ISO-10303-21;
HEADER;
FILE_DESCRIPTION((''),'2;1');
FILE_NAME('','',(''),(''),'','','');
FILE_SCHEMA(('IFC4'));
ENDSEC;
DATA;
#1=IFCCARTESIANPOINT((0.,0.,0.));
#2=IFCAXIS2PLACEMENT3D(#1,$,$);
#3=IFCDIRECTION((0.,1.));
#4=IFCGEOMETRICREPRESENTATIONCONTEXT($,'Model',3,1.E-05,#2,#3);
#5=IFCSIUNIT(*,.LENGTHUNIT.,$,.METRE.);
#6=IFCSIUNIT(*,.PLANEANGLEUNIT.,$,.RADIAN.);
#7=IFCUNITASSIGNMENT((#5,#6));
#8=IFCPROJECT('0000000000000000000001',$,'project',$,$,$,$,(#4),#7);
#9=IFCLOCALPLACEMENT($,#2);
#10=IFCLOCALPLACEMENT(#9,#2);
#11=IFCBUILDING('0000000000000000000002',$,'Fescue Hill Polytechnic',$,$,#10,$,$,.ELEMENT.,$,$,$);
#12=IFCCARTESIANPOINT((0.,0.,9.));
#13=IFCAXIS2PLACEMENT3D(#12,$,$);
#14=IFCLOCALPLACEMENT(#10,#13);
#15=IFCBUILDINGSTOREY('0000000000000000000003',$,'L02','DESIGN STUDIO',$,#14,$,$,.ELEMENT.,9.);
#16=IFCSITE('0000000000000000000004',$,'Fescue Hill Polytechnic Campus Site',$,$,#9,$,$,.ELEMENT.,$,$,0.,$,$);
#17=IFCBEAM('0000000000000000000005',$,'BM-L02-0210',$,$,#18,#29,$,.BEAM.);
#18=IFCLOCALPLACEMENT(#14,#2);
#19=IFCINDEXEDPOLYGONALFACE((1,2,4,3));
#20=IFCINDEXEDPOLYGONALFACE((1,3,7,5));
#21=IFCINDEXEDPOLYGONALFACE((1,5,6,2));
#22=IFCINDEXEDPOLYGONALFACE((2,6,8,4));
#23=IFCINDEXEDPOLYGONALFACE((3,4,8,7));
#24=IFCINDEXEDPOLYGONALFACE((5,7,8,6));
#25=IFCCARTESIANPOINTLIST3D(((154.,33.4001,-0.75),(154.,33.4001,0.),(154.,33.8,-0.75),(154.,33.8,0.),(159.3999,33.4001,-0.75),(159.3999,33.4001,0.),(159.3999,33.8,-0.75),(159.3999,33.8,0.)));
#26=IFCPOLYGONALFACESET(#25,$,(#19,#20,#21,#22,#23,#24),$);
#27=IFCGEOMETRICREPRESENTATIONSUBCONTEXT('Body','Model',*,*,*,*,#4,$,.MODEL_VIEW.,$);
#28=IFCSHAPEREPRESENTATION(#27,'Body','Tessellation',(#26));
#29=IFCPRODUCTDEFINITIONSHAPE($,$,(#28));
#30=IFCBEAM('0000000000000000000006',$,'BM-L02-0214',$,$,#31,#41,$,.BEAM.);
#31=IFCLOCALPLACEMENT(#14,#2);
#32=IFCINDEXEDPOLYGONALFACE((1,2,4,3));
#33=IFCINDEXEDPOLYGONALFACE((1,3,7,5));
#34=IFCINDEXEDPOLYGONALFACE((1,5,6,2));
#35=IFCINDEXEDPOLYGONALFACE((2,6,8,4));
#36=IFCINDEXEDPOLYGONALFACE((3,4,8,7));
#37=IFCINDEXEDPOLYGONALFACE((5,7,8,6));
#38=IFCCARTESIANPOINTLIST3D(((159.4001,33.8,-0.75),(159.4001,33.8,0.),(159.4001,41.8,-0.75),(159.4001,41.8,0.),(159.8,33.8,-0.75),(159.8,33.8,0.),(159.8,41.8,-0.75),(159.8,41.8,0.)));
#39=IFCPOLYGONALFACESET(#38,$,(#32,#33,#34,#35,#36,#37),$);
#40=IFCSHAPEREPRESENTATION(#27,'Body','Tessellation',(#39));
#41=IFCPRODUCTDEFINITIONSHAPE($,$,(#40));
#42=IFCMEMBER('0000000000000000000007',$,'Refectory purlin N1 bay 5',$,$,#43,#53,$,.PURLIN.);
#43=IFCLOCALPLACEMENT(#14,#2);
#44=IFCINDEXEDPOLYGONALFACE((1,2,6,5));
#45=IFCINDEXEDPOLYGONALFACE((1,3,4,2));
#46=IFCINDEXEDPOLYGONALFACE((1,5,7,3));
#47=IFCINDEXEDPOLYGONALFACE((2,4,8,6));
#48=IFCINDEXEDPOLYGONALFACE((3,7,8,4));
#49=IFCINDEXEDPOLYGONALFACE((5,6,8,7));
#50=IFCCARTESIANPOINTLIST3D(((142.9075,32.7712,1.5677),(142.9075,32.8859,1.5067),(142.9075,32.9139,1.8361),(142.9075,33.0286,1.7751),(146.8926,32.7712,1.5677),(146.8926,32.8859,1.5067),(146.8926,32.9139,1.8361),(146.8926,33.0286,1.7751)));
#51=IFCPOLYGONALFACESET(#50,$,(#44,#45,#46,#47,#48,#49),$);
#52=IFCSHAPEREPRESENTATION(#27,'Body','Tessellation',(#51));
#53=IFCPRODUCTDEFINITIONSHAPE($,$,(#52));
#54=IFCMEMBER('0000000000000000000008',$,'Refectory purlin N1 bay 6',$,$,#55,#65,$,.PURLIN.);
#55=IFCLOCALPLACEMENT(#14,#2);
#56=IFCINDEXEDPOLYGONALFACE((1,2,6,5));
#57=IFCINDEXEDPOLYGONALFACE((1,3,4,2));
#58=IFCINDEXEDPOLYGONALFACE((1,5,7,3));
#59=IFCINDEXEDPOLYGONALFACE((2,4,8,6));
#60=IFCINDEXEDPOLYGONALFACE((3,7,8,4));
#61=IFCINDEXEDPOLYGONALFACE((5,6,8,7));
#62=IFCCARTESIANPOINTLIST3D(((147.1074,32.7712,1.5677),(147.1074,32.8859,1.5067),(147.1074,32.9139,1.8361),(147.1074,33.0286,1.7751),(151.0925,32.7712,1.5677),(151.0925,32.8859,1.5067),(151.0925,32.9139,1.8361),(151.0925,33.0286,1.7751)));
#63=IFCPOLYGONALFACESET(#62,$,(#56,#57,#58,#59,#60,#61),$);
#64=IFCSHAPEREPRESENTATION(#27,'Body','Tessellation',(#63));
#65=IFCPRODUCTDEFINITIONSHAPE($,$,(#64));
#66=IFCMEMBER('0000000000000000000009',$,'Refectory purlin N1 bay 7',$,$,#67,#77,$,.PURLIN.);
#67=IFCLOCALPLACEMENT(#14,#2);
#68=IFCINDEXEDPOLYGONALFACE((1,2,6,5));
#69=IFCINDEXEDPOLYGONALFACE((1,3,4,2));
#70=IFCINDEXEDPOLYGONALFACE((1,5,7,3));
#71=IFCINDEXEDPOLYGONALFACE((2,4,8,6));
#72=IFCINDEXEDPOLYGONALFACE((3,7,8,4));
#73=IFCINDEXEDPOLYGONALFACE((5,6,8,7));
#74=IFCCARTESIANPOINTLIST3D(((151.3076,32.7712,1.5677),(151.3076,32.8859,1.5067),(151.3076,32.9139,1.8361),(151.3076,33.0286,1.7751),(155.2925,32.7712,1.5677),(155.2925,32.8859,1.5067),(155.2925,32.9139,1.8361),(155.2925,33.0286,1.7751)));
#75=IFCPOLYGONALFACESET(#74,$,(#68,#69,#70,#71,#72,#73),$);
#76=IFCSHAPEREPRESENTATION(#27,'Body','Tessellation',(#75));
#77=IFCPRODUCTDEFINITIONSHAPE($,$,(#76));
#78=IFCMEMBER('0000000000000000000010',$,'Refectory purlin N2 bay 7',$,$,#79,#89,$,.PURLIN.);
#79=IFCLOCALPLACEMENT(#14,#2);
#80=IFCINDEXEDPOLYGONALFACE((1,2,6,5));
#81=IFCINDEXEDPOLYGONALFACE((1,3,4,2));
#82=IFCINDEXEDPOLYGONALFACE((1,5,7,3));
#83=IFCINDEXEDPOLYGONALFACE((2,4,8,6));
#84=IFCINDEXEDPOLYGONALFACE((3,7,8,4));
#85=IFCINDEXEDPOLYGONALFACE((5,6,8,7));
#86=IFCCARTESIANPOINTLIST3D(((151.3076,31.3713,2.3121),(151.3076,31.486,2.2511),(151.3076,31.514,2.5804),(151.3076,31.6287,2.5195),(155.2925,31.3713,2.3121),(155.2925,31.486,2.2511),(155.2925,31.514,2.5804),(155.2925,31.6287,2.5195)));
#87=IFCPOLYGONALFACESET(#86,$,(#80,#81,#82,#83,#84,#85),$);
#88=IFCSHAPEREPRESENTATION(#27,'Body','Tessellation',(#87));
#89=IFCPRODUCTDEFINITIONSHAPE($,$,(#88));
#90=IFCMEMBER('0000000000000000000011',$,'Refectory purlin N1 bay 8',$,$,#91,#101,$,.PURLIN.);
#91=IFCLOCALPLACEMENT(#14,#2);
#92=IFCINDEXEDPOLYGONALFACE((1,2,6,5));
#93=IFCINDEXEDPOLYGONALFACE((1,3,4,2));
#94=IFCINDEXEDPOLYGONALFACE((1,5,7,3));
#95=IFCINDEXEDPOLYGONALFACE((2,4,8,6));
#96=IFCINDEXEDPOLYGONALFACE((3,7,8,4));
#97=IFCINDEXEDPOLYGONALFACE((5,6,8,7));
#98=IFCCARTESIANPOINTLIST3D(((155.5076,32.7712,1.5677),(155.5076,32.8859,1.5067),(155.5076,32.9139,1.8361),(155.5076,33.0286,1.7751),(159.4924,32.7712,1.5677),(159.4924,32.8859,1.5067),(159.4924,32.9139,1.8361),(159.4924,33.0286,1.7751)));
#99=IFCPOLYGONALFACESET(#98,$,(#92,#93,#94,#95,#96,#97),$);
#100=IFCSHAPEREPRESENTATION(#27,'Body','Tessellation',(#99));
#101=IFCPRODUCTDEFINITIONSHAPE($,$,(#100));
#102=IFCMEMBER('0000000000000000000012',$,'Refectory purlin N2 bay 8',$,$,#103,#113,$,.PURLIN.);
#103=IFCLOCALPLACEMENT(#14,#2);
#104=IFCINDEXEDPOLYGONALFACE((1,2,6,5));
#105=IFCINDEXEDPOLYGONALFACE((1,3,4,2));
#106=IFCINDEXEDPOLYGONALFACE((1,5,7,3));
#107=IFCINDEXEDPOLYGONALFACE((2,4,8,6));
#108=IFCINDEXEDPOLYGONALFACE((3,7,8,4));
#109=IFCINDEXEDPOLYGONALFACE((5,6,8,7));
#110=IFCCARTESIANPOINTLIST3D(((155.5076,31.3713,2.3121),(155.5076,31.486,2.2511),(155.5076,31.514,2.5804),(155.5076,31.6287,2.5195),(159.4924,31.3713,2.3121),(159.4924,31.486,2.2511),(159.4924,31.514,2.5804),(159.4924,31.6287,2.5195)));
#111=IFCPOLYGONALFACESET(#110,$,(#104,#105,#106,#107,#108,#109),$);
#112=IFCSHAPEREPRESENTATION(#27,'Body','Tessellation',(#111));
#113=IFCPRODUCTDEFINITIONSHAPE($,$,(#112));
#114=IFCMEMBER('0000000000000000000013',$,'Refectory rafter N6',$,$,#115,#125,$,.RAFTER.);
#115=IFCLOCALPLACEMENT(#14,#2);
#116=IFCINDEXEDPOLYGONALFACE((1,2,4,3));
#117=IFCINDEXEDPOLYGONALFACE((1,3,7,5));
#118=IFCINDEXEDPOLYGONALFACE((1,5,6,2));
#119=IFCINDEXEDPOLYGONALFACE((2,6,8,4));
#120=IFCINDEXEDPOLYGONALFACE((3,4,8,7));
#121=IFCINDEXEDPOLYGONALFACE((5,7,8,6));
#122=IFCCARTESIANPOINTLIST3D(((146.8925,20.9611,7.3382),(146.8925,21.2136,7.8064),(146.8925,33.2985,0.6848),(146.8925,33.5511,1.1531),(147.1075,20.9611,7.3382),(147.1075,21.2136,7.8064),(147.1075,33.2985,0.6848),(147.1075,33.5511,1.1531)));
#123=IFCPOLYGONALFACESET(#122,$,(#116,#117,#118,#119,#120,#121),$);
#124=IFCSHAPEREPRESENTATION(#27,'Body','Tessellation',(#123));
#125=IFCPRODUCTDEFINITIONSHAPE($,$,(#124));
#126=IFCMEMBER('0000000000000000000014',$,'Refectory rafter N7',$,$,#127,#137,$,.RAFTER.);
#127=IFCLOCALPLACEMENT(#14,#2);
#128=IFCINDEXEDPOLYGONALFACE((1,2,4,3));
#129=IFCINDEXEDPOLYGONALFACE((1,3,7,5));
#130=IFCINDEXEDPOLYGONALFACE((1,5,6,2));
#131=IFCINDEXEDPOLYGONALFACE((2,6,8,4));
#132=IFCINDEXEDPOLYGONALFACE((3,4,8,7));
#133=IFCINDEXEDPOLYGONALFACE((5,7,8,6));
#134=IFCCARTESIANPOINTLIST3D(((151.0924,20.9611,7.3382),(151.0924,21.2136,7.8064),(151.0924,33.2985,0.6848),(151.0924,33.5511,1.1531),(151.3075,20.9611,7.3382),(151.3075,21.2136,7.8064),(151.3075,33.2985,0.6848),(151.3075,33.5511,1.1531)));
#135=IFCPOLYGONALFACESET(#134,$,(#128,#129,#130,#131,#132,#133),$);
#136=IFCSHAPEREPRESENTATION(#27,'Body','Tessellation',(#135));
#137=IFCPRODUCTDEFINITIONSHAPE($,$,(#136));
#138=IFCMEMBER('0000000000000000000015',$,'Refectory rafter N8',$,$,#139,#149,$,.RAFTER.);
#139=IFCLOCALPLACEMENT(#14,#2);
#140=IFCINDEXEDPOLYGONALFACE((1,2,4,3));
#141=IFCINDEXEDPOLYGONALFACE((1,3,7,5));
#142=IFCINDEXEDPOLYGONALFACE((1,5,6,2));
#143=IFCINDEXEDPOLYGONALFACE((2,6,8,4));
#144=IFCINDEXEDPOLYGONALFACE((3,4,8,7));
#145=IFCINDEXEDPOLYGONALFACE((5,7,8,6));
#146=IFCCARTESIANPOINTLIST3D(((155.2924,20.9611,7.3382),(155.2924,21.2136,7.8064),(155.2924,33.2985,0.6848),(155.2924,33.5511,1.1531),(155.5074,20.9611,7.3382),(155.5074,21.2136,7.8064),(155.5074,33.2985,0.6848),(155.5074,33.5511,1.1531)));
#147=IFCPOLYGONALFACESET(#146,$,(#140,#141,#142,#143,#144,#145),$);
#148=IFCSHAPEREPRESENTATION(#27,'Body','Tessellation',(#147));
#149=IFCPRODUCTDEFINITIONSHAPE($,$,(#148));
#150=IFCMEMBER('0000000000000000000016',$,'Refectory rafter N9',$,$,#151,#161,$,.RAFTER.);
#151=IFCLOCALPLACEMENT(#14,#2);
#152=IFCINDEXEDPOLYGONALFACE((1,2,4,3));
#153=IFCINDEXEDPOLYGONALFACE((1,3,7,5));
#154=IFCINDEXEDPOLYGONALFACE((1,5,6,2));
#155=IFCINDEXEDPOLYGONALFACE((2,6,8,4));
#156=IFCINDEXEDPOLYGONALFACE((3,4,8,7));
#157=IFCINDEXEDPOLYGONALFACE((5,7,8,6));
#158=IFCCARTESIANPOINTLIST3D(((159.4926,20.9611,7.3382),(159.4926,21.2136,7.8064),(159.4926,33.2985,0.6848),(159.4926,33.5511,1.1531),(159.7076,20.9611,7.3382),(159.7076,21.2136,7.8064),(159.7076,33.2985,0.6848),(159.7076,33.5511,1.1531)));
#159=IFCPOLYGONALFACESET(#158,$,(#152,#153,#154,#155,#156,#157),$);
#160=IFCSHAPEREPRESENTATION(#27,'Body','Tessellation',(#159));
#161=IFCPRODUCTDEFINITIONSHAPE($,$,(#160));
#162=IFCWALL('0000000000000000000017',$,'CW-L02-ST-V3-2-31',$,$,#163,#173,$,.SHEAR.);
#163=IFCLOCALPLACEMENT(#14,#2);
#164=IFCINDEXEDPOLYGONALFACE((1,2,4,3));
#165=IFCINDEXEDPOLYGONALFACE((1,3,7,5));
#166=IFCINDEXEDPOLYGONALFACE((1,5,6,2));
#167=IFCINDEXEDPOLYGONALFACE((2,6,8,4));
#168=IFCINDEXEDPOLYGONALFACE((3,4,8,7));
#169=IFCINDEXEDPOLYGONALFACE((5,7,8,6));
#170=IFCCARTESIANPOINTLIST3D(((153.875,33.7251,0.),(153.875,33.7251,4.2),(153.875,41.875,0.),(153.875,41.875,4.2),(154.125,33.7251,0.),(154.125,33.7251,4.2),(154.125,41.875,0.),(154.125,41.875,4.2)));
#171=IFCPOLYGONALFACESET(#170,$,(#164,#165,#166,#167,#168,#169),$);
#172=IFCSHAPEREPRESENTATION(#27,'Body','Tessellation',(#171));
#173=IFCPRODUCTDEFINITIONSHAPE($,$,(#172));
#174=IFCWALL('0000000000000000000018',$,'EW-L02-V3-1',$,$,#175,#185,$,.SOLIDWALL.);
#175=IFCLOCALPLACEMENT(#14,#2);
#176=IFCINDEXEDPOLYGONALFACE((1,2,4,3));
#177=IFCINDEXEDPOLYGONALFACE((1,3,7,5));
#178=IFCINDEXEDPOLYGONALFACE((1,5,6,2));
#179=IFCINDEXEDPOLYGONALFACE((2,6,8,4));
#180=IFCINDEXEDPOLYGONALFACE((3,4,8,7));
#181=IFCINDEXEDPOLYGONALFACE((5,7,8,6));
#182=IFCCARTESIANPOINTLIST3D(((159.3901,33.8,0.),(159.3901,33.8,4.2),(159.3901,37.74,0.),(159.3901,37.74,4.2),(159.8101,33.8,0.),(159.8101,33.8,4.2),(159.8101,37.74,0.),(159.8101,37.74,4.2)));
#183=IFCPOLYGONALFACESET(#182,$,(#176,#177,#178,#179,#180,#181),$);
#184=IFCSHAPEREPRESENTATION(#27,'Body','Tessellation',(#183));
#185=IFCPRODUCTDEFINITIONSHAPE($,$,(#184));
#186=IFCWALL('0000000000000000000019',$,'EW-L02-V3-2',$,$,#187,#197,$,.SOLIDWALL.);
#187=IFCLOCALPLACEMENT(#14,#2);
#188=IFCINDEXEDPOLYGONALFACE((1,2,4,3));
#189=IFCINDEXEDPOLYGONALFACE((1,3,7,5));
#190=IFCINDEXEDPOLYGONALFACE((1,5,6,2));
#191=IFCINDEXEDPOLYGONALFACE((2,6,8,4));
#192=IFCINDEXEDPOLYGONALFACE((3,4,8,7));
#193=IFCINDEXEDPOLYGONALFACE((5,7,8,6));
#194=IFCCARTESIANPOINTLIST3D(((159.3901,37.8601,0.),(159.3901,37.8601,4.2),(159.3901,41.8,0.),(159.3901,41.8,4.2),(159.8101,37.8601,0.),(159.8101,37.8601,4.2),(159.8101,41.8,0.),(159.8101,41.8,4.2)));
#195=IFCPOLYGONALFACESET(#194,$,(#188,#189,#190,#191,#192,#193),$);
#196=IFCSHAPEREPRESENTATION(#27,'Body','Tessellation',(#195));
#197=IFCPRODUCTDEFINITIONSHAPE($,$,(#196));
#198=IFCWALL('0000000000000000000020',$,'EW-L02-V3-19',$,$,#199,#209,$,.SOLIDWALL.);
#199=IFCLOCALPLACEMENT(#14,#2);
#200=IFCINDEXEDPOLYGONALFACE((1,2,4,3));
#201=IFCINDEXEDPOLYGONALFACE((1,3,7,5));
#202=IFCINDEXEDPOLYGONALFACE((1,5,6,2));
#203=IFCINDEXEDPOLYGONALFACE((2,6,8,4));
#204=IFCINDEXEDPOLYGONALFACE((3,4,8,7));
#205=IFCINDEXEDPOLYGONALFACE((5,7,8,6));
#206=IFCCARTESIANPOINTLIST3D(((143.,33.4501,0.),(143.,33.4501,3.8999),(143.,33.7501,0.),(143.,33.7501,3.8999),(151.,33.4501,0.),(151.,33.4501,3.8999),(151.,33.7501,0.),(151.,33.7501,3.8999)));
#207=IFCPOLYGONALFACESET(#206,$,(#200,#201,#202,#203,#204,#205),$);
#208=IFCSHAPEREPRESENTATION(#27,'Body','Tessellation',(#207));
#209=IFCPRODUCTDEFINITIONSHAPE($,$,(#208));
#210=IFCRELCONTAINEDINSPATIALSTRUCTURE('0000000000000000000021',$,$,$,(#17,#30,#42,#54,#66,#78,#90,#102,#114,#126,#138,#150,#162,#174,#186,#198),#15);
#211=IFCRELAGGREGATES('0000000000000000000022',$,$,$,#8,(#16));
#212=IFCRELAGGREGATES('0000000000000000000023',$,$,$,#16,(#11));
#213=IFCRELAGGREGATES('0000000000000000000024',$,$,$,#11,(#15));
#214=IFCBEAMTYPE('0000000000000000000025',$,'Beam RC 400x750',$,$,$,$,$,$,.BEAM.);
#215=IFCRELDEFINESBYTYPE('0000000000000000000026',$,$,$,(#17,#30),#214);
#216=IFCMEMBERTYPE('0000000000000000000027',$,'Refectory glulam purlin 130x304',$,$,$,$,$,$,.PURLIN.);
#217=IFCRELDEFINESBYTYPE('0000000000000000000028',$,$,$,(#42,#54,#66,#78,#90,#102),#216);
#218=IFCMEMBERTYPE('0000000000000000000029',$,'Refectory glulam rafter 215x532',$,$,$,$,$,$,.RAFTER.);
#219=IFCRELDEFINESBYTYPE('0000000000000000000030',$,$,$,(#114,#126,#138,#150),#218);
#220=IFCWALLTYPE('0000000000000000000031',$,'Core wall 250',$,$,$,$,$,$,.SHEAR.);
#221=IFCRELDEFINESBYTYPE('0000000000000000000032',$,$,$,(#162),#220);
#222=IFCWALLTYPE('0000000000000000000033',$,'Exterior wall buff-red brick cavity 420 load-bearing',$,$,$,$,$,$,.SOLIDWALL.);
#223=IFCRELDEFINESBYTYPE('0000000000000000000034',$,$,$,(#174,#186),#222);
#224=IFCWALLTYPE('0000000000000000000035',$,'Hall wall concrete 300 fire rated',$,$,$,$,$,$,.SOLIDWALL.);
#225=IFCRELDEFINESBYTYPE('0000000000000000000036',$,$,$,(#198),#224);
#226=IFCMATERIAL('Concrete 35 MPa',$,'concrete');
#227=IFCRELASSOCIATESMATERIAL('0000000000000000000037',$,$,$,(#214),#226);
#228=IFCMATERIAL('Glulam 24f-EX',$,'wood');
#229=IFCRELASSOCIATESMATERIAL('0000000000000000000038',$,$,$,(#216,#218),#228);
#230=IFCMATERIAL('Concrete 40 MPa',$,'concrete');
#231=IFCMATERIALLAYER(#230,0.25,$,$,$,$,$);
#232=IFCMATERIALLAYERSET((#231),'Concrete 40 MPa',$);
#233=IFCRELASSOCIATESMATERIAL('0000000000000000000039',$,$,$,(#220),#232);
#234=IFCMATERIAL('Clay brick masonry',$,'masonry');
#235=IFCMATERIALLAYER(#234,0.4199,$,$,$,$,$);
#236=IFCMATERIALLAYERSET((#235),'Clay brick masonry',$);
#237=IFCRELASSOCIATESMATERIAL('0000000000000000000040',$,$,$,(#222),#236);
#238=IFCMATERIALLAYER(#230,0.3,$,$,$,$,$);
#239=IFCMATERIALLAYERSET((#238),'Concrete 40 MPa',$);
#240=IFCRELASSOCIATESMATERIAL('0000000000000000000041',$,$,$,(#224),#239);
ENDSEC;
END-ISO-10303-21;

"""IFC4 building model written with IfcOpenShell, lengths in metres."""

from ifc_helpers import new_model, si_unit, direction, frame, frame_2d, origin, origin_2d, place, context, subcontext, project, spatial, rectangle, extrude, material, layer, layer_set, material_profile, profile_set, type_object, element, save


model = new_model("IFC4")

# Units and contexts
model_context = context("Model", 3, precision=1e-05, world=origin(), true_north=direction((0.0, 1.0)))
body_context = subcontext(model_context, "Body", "Model", "MODEL_VIEW")
ifc_project = project(units=[si_unit("LENGTHUNIT", "METRE"), si_unit("PLANEANGLEUNIT", "RADIAN")], contexts=[model_context])

# Site, building, storey
site_placement = place(None, origin())
site = spatial("IfcSite", under=ifc_project, at=site_placement, Name="Fescue Hill Polytechnic Campus Site", CompositionType="ELEMENT", RefElevation=0.0)
building_placement = place(site_placement, origin())
building = spatial("IfcBuilding", under=site, at=building_placement, Name="Fescue Hill Polytechnic", CompositionType="ELEMENT")
storey_placement = place(building_placement, frame((0.0, 0.0, 9.0)))
storey = spatial("IfcBuildingStorey", under=building, at=storey_placement, Name="L02", Description="DESIGN STUDIO", CompositionType="ELEMENT", Elevation=9.0)

# Shared definitions
ifc_material_1 = material(Name="Concrete 40 MPa", Category="concrete")

# Beams
ifc_material_2 = material(Name="Concrete 35 MPa", Category="concrete")
ifc_material_profile_1 = material_profile(ifc_material_2, rectangle(XDim=0.3999, YDim=0.75, at=origin_2d()), Name="RC 400x750")
ifc_profile_set_1 = profile_set([ifc_material_profile_1], Name="Concrete 35 MPa")
beam_type_1 = type_object("IfcBeamType", Name="Beam RC 400x750", PredefinedType="BEAM", material=ifc_profile_set_1)
beam_1_placement = place(storey_placement, frame((154.0, 33.6001, -0.375), z_axis=(1.0, 0.0, 0.0), x_axis=(0.0, 1.0, 0.0)))
element("IfcBeam", 1, at=beam_1_placement, inside=storey, type_object=beam_type_1, Name="BM-L02-0210", PredefinedType="BEAM", context=body_context, shape_type="SweptSolid", body=[
    extrude(rectangle(XDim=0.3999, YDim=0.75, at=origin_2d()), origin(), (0.0, 0.0, 1.0), 5.3999),
])
beam_2_placement = place(storey_placement, frame((159.6001, 33.8, -0.375), z_axis=(0.0, 1.0, 0.0), x_axis=(-1.0, 0.0, 0.0)))
element("IfcBeam", 2, at=beam_2_placement, inside=storey, type_object=beam_type_1, Name="BM-L02-0214", PredefinedType="BEAM", context=body_context, shape_type="SweptSolid", body=[
    extrude(rectangle(XDim=0.3999, YDim=0.75, at=origin_2d()), origin(), (0.0, 0.0, 1.0), 8.0),
])

# Members
ifc_material_3 = material(Name="Glulam 24f-EX", Category="wood")
ifc_material_profile_2 = material_profile(ifc_material_3, rectangle(XDim=0.1299, YDim=0.304, at=origin_2d()), Name="Refectory glulam purlin 130x304")
ifc_profile_set_2 = profile_set([ifc_material_profile_2], Name="Glulam 24f-EX")
member_type_1 = type_object("IfcMemberType", Name="Refectory glulam purlin 130x304", PredefinedType="PURLIN", material=ifc_profile_set_2)
for number, where, z_axis, x_axis, name in (
    (3, (142.9075, 32.8999, 1.6714), (1.0, 0.0, 0.0), (0.0, 0.882934, -0.469497), "Refectory purlin N1 bay 5"),
    (4, (147.1074, 32.8999, 1.6714), (1.0, 0.0, 0.0), (0.0, 0.882934, -0.469497), "Refectory purlin N1 bay 6"),
):
    element("IfcMember", number, at=place(storey_placement, frame(where, z_axis=z_axis, x_axis=x_axis)), inside=storey, type_object=member_type_1, Name=name, PredefinedType="PURLIN", context=body_context, shape_type="SweptSolid", body=[
        extrude(rectangle(XDim=0.1299, YDim=0.304, at=origin_2d()), origin(), (0.0, 0.0, 1.0), 3.9851),
    ])
for number, where, z_axis, x_axis, name in (
    (5, (151.3076, 32.8999, 1.6714), (1.0, 0.0, 0.0), (0.0, 0.882934, -0.469497), "Refectory purlin N1 bay 7"),
    (6, (151.3076, 31.5, 2.4158), (1.0, 0.0, 0.0), (0.0, 0.882934, -0.469497), "Refectory purlin N2 bay 7"),
    (7, (155.5076, 32.8999, 1.6714), (1.0, 0.0, 0.0), (0.0, 0.882934, -0.469497), "Refectory purlin N1 bay 8"),
    (8, (155.5076, 31.5, 2.4158), (1.0, 0.0, 0.0), (0.0, 0.882934, -0.469497), "Refectory purlin N2 bay 8"),
):
    element("IfcMember", number, at=place(storey_placement, frame(where, z_axis=z_axis, x_axis=x_axis)), inside=storey, type_object=member_type_1, Name=name, PredefinedType="PURLIN", context=body_context, shape_type="SweptSolid", body=[
        extrude(rectangle(XDim=0.1299, YDim=0.304, at=origin_2d()), origin(), (0.0, 0.0, 1.0), 3.9849),
    ])
ifc_material_profile_3 = material_profile(ifc_material_3, rectangle(XDim=0.2151, YDim=0.532, at=origin_2d()), Name="Refectory glulam rafter 215x532")
ifc_profile_set_3 = profile_set([ifc_material_profile_3], Name="Glulam 24f-EX")
member_type_2 = type_object("IfcMemberType", Name="Refectory glulam rafter 215x532", PredefinedType="RAFTER", material=ifc_profile_set_3)
for number, where, z_axis, x_axis, name in (
    (9, (147.0, 33.4248, 0.9189), (0.0, -0.88017, 0.474659), (1.0, 0.0, 0.0), "Refectory rafter N6"),
    (10, (151.2, 33.4248, 0.9189), (0.0, -0.88017, 0.474659), (1.0, 0.0, 0.0), "Refectory rafter N7"),
    (11, (155.3999, 33.4248, 0.9189), (0.0, -0.88017, 0.474659), (1.0, 0.0, 0.0), "Refectory rafter N8"),
    (12, (159.6001, 33.4248, 0.9189), (0.0, -0.88017, 0.474659), (1.0, 0.0, 0.0), "Refectory rafter N9"),
):
    element("IfcMember", number, at=place(storey_placement, frame(where, z_axis=z_axis, x_axis=x_axis)), inside=storey, type_object=member_type_2, Name=name, PredefinedType="RAFTER", context=body_context, shape_type="SweptSolid", body=[
        extrude(rectangle(XDim=0.2151, YDim=0.532, at=origin_2d()), origin(), (0.0, 0.0, 1.0), 14.0171),
    ])

# Walls
ifc_layer_1 = layer(ifc_material_1, 0.25)
ifc_layer_set_1 = layer_set([ifc_layer_1], Name="Concrete 40 MPa")
wall_type_1 = type_object("IfcWallType", Name="Core wall 250", PredefinedType="SHEAR", material=ifc_layer_set_1)
wall_1_placement = place(storey_placement, frame((154.0, 33.7251, 0.0), z_axis=(0.0, 0.0, 1.0), x_axis=(0.0, 1.0, 0.0)))
element("IfcWall", 13, at=wall_1_placement, inside=storey, type_object=wall_type_1, Name="CW-L02-ST-V3-2-31", PredefinedType="SHEAR", context=body_context, shape_type="SweptSolid", body=[
    extrude(rectangle(XDim=8.1499, YDim=0.25, at=frame_2d((4.075, 0.0))), origin(), (0.0, 0.0, 1.0), 4.2),
])
ifc_material_4 = material(Name="Clay brick masonry", Category="masonry")
ifc_layer_2 = layer(ifc_material_4, 0.4199)
ifc_layer_set_2 = layer_set([ifc_layer_2], Name="Clay brick masonry")
wall_type_2 = type_object("IfcWallType", Name="Exterior wall buff-red brick cavity 420 load-bearing", PredefinedType="SOLIDWALL", material=ifc_layer_set_2)
for number, where, z_axis, x_axis, name in (
    (14, (159.6001, 33.8, 0.0), (0.0, 0.0, 1.0), (0.0, 1.0, 0.0), "EW-L02-V3-1"),
    (15, (159.6001, 37.8601, 0.0), (0.0, 0.0, 1.0), (0.0, 1.0, 0.0), "EW-L02-V3-2"),
):
    element("IfcWall", number, at=place(storey_placement, frame(where, z_axis=z_axis, x_axis=x_axis)), inside=storey, type_object=wall_type_2, Name=name, PredefinedType="SOLIDWALL", context=body_context, shape_type="SweptSolid", body=[
        extrude(rectangle(XDim=3.9399, YDim=0.4199, at=frame_2d((1.97, 0.0))), origin(), (0.0, 0.0, 1.0), 4.2),
    ])
ifc_layer_3 = layer(ifc_material_1, 0.3)
ifc_layer_set_3 = layer_set([ifc_layer_3], Name="Concrete 40 MPa")
wall_type_3 = type_object("IfcWallType", Name="Hall wall concrete 300 fire rated", PredefinedType="SOLIDWALL", material=ifc_layer_set_3)
wall_2_placement = place(storey_placement, frame((143.0, 33.6001, 0.0), z_axis=(0.0, 0.0, 1.0), x_axis=(1.0, 0.0, 0.0)))
element("IfcWall", 16, at=wall_2_placement, inside=storey, type_object=wall_type_3, Name="EW-L02-V3-19", PredefinedType="SOLIDWALL", context=body_context, shape_type="SweptSolid", body=[
    extrude(rectangle(XDim=8.0, YDim=0.3, at=frame_2d((4.0, 0.0))), origin(), (0.0, 0.0, 1.0), 3.8999),
])

save(model, "model.ifc")
